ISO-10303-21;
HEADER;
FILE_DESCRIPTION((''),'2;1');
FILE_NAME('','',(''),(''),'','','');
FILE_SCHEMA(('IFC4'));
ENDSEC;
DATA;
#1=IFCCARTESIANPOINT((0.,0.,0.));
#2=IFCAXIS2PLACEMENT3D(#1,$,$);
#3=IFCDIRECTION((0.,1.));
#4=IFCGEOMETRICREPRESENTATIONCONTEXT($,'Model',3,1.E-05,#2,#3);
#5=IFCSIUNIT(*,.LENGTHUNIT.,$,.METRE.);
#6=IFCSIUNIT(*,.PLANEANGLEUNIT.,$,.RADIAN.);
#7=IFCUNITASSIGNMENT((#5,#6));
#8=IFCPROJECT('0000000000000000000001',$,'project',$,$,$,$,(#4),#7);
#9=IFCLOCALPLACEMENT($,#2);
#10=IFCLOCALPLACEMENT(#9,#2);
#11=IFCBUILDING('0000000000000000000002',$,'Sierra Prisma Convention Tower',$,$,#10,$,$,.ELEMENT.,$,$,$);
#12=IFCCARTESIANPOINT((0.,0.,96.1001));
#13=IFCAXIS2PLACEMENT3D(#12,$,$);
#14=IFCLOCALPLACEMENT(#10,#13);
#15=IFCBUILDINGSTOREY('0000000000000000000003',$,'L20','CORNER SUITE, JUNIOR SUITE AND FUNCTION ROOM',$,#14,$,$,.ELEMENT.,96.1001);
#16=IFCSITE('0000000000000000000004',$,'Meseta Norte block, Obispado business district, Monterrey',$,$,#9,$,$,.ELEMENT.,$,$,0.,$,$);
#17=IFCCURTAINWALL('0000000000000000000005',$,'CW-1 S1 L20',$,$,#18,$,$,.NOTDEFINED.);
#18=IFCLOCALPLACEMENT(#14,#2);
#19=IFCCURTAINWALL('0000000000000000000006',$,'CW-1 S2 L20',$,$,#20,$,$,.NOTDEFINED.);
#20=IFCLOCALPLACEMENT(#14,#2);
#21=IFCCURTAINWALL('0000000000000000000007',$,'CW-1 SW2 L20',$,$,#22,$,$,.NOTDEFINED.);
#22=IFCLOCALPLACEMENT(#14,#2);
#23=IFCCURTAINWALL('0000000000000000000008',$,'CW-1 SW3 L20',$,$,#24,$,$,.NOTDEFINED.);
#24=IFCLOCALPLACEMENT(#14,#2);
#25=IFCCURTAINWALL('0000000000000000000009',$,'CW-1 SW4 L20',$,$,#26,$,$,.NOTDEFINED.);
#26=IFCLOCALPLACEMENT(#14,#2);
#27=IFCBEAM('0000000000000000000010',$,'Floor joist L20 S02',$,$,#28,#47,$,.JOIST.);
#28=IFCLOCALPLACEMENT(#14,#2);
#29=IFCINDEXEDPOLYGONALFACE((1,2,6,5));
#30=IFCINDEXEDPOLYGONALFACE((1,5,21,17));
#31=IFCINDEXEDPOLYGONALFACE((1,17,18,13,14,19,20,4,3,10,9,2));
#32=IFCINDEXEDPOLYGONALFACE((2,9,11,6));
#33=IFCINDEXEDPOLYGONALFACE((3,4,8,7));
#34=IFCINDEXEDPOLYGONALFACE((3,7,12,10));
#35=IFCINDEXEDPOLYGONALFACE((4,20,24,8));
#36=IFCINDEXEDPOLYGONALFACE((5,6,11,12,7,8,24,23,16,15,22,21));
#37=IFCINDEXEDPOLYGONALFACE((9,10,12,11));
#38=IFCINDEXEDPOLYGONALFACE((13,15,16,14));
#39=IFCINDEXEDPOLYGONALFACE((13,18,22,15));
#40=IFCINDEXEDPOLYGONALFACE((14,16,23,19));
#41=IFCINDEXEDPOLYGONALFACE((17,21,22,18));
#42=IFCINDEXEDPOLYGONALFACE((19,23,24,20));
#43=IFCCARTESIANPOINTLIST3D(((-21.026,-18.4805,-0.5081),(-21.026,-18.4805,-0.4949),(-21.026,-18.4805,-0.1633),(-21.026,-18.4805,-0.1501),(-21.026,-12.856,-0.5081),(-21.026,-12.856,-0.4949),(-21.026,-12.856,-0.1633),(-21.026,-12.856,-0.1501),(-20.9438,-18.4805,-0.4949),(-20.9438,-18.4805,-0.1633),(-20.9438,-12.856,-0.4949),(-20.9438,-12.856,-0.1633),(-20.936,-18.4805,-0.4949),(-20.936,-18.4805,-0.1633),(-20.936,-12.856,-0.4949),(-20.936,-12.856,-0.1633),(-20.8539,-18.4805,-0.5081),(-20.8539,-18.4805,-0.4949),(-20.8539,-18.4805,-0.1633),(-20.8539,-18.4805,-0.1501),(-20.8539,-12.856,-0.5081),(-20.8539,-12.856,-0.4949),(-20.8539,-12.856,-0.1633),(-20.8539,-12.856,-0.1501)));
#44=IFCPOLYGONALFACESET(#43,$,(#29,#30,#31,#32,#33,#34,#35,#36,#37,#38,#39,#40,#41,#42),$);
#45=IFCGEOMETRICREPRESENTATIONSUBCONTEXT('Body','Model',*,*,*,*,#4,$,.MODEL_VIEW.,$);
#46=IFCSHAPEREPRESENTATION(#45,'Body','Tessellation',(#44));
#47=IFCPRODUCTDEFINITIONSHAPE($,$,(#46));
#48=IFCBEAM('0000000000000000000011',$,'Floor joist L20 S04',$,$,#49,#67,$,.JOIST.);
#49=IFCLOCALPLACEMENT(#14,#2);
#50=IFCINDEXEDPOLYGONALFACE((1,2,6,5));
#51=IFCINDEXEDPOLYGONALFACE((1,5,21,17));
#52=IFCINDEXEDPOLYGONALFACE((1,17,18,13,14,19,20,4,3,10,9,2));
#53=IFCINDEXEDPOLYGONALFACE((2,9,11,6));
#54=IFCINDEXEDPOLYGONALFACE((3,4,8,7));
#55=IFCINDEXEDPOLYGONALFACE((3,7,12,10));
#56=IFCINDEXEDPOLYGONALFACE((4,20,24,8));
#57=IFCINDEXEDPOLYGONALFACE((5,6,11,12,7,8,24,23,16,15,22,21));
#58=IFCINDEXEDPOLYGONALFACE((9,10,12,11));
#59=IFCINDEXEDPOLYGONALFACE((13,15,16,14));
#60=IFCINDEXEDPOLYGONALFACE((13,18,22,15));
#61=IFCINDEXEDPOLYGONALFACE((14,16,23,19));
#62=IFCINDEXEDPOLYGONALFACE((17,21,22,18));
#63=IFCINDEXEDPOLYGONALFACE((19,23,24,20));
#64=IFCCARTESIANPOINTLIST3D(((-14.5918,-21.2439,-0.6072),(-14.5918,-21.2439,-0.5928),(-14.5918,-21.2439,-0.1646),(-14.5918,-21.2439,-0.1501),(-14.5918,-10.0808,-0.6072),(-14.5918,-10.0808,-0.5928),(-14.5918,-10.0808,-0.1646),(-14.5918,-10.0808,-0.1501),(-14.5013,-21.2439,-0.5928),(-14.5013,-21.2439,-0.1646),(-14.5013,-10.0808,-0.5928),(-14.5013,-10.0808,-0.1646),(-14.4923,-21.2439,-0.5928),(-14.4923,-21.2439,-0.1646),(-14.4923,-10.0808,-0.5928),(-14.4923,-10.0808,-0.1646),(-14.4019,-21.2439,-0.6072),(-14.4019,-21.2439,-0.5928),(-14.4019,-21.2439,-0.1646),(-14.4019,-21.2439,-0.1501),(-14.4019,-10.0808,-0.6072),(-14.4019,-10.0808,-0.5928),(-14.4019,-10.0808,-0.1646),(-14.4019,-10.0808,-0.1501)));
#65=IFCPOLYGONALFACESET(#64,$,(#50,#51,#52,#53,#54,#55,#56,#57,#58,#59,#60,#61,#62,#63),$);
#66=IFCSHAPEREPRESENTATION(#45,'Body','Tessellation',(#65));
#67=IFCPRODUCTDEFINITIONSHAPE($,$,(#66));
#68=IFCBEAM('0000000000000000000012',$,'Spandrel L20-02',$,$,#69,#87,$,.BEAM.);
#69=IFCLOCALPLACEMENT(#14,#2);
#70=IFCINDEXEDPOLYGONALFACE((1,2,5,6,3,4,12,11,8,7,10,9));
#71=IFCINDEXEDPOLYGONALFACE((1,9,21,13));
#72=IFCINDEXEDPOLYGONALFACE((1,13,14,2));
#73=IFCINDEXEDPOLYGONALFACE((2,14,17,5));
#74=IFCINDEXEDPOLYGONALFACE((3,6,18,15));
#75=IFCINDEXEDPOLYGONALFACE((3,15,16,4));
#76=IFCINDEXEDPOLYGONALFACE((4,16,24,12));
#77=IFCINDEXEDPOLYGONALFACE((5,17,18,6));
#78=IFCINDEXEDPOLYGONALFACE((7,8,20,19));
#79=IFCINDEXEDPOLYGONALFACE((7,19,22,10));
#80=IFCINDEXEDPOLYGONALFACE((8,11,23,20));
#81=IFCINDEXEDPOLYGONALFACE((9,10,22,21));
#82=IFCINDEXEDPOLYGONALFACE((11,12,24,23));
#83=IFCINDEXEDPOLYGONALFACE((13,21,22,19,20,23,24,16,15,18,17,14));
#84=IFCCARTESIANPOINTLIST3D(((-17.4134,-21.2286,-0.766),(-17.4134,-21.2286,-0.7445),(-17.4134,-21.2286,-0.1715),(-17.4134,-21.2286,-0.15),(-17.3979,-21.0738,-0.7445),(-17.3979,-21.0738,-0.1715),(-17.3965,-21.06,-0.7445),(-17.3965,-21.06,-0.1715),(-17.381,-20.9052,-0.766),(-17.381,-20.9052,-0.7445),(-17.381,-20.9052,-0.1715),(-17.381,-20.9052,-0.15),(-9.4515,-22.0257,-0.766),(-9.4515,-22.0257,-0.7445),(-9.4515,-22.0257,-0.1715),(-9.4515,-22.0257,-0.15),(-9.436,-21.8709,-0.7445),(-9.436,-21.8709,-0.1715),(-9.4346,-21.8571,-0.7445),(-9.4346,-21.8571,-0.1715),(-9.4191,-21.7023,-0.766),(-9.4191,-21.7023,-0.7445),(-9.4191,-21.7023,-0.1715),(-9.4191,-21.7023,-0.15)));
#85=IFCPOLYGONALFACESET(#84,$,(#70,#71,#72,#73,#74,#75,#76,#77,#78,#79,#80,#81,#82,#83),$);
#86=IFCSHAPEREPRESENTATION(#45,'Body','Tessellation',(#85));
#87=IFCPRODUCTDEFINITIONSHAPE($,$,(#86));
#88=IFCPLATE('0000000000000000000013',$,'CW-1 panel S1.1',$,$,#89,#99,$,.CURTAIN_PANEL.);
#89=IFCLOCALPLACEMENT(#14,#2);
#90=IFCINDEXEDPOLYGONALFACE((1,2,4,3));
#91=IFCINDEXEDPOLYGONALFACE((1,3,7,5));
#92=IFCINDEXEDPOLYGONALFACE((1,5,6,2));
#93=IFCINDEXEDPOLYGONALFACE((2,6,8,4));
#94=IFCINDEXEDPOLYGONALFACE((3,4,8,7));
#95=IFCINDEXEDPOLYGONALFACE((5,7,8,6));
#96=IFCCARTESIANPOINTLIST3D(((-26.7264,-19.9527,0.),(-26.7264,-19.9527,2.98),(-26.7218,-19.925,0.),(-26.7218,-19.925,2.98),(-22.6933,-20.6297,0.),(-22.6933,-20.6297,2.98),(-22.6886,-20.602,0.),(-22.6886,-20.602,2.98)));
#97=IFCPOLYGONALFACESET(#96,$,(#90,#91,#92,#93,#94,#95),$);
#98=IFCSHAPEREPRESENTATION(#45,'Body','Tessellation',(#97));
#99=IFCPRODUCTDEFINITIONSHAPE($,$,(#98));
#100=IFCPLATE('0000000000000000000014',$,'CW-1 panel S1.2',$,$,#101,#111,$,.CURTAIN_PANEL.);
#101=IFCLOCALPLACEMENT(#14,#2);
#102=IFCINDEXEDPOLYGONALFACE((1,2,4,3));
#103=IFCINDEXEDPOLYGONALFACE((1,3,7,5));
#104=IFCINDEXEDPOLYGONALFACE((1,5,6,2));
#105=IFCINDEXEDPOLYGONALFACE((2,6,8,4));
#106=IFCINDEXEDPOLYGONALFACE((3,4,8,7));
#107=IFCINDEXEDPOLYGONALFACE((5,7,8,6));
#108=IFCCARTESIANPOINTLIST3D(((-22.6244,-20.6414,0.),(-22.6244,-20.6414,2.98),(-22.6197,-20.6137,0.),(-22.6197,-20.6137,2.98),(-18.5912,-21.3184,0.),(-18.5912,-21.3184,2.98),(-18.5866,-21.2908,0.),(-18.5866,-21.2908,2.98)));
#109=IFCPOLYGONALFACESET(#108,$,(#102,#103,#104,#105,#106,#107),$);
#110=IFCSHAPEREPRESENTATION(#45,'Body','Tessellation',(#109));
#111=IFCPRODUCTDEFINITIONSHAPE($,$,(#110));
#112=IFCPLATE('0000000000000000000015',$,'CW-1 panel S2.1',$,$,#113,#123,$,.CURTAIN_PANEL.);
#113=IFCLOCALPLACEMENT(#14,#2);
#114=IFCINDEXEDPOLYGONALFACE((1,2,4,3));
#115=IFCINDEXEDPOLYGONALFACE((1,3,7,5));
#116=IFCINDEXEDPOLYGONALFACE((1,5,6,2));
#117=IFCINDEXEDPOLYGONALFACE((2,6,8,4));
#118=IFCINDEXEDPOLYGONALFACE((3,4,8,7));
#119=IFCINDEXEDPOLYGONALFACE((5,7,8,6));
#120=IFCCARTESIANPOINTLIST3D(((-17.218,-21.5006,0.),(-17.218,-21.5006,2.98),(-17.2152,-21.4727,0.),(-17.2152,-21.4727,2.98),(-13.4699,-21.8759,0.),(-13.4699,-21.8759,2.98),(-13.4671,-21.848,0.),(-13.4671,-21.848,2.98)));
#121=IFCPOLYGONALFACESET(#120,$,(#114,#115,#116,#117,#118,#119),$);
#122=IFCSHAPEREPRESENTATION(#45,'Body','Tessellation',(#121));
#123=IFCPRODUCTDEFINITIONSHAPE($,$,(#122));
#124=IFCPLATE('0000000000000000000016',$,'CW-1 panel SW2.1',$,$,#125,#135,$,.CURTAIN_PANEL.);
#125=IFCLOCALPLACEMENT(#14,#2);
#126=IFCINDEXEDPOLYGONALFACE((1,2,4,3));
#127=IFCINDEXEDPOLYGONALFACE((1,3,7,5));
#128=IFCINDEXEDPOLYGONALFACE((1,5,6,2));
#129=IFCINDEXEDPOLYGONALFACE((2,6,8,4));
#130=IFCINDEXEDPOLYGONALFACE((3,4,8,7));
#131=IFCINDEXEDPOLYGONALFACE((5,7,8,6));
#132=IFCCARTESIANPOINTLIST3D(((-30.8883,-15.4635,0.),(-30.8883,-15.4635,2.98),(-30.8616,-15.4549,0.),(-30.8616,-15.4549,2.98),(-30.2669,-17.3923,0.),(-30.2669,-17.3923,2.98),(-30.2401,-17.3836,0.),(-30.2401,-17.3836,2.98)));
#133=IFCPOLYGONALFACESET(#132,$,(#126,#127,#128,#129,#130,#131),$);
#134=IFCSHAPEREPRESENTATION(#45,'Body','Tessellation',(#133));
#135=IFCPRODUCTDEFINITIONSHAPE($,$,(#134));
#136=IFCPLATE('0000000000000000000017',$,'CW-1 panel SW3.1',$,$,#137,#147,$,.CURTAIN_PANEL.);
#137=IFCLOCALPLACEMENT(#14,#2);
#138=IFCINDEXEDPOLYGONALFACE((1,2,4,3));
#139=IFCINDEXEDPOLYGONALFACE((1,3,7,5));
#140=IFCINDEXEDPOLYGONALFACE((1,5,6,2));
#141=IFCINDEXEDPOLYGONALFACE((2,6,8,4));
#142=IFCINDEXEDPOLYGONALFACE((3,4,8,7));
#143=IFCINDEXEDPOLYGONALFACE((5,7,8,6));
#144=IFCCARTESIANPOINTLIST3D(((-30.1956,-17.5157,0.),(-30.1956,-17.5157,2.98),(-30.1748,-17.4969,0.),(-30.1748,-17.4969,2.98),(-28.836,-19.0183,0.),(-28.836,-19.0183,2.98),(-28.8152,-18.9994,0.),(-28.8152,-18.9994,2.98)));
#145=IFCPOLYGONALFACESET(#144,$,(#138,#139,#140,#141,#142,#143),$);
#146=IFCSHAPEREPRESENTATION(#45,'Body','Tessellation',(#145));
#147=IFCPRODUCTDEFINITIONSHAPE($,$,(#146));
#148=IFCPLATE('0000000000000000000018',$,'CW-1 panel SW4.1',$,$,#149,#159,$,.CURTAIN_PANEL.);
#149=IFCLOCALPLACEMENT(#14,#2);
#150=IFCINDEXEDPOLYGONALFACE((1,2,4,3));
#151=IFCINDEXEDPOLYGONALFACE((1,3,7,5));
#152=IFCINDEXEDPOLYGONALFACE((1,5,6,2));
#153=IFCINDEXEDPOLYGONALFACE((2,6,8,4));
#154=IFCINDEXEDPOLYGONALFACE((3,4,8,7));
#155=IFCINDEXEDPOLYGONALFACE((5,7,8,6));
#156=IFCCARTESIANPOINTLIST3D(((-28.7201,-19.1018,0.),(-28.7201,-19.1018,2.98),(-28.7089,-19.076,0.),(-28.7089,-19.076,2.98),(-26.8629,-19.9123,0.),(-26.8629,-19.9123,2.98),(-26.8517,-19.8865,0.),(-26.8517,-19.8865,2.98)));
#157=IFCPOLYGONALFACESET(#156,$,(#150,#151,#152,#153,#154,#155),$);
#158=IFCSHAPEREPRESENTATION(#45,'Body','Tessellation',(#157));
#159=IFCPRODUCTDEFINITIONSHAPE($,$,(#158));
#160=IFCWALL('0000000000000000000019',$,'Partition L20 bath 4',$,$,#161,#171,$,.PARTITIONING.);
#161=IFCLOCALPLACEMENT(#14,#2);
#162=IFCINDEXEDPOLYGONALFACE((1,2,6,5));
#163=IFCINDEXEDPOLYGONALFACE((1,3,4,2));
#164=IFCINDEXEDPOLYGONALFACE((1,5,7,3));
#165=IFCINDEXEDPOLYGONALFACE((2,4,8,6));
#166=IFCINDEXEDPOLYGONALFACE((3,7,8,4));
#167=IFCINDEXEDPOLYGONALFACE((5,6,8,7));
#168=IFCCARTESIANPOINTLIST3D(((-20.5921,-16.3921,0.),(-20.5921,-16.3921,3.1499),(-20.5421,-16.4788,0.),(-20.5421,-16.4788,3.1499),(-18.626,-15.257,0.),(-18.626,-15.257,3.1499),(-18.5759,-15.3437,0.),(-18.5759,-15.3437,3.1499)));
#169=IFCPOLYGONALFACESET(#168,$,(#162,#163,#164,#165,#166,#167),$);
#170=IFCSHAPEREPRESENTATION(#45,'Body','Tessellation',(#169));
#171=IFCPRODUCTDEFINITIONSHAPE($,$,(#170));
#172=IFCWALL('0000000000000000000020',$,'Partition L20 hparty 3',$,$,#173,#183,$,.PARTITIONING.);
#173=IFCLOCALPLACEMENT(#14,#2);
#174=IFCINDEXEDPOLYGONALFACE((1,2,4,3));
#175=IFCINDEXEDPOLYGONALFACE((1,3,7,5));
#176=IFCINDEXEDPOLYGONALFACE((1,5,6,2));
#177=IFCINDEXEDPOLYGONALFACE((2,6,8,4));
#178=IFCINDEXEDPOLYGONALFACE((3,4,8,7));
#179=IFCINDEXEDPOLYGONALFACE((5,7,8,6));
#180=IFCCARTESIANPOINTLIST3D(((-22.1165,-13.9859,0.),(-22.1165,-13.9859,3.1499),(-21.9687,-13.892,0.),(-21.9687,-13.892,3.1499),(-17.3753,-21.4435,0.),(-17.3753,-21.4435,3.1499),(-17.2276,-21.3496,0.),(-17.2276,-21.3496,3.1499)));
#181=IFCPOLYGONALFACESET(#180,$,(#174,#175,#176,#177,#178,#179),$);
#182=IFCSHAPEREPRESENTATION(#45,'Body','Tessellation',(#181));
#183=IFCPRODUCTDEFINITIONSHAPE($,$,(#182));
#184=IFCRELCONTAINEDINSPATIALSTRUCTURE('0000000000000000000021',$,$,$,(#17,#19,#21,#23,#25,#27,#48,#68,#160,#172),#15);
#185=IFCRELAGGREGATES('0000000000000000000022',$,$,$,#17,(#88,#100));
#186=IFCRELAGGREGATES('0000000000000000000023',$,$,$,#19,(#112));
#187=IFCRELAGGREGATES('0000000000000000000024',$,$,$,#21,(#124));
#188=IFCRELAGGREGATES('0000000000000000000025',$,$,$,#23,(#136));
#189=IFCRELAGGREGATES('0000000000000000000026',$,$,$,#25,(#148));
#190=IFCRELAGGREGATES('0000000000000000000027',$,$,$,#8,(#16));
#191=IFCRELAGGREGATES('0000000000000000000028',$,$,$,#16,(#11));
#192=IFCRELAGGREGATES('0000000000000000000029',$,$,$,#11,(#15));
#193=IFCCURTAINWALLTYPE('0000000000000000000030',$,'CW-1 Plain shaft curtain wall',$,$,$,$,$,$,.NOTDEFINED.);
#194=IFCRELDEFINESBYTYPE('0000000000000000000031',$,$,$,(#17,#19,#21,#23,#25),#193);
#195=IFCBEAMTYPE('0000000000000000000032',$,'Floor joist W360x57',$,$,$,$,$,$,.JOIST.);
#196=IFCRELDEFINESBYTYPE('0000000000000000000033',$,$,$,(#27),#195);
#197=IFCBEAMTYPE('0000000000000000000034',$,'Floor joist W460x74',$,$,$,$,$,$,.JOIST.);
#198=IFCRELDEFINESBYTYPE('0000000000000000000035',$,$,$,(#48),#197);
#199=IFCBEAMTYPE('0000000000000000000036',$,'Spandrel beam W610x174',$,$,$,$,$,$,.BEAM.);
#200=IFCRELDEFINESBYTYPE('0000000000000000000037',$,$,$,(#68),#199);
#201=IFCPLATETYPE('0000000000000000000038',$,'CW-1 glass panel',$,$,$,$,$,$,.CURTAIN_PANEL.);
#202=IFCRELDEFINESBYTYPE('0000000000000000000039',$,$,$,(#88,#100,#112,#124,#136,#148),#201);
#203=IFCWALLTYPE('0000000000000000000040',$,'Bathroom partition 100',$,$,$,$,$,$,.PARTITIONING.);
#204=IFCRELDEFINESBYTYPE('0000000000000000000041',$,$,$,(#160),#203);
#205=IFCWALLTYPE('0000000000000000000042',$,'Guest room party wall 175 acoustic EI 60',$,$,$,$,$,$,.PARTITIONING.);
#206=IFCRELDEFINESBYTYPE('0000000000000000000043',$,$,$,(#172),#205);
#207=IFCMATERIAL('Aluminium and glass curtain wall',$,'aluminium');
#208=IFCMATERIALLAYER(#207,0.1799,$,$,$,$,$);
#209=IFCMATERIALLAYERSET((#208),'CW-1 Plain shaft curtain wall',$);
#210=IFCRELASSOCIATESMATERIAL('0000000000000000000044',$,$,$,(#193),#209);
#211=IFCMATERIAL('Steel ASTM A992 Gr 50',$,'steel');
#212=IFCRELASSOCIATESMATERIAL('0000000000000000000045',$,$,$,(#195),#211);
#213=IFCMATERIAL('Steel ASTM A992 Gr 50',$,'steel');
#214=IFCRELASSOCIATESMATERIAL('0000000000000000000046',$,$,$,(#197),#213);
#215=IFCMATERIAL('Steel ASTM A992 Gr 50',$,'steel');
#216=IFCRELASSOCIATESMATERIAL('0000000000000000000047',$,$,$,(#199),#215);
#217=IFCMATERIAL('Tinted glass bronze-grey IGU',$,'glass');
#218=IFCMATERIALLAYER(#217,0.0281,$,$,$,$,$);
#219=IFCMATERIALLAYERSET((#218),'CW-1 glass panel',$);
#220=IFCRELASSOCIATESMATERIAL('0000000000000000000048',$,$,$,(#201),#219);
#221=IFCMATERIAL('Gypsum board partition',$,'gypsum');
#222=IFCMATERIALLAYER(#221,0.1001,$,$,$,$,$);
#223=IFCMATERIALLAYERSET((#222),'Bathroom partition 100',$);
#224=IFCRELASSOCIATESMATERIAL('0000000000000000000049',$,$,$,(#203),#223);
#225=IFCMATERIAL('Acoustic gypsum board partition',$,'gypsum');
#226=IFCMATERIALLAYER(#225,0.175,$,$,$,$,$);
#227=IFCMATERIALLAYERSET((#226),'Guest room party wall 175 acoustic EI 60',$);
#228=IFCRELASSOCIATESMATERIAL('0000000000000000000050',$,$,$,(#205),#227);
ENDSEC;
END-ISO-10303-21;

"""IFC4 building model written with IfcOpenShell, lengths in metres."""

from ifc_helpers import new_model, si_unit, direction, frame, frame_2d, origin, origin_2d, place, context, subcontext, project, spatial, rectangle, i_section, extrude, material, layer, layer_set, material_profile, profile_set, type_object, element, aggregate, save


model = new_model("IFC4")

# Units and contexts
model_context = context("Model", 3, precision=1e-05, world=origin(), true_north=direction((0.0, 1.0)))
body_context = subcontext(model_context, "Body", "Model", "MODEL_VIEW")
ifc_project = project(units=[si_unit("LENGTHUNIT", "METRE"), si_unit("PLANEANGLEUNIT", "RADIAN")], contexts=[model_context])

# Site, building, storey
site_placement = place(None, origin())
site = spatial("IfcSite", under=ifc_project, at=site_placement, Name="Meseta Norte block, Obispado business district, Monterrey", CompositionType="ELEMENT", RefElevation=0.0)
building_placement = place(site_placement, origin())
building = spatial("IfcBuilding", under=site, at=building_placement, Name="Sierra Prisma Convention Tower", CompositionType="ELEMENT")
storey_placement = place(building_placement, frame((0.0, 0.0, 96.1001)))
storey = spatial("IfcBuildingStorey", under=building, at=storey_placement, Name="L20", Description="CORNER SUITE, JUNIOR SUITE AND FUNCTION ROOM", CompositionType="ELEMENT", Elevation=96.1001)

# Curtain wall
ifc_material_1 = material(Name="Aluminium and glass curtain wall", Category="aluminium")
ifc_layer_1 = layer(ifc_material_1, 0.1799)
ifc_layer_set_1 = layer_set([ifc_layer_1], Name="CW-1 Plain shaft curtain wall")
curtain_wall_type = type_object("IfcCurtainWallType", Name="CW-1 Plain shaft curtain wall", PredefinedType="NOTDEFINED", material=ifc_layer_set_1)
curtain_wall_1_placement = place(storey_placement, origin())
curtain_wall_1 = element("IfcCurtainWall", 1, at=curtain_wall_1_placement, inside=storey, type_object=curtain_wall_type, Name="CW-1 S1 L20", PredefinedType="NOTDEFINED")

# Curtain walls
curtain_wall_2_placement = place(storey_placement, origin())
curtain_wall_2 = element("IfcCurtainWall", 2, at=curtain_wall_2_placement, inside=storey, type_object=curtain_wall_type, Name="CW-1 S2 L20", PredefinedType="NOTDEFINED")
curtain_wall_3_placement = place(storey_placement, origin())
curtain_wall_3 = element("IfcCurtainWall", 3, at=curtain_wall_3_placement, inside=storey, type_object=curtain_wall_type, Name="CW-1 SW2 L20", PredefinedType="NOTDEFINED")
curtain_wall_4_placement = place(storey_placement, origin())
curtain_wall_4 = element("IfcCurtainWall", 4, at=curtain_wall_4_placement, inside=storey, type_object=curtain_wall_type, Name="CW-1 SW3 L20", PredefinedType="NOTDEFINED")
curtain_wall_5_placement = place(storey_placement, origin())
curtain_wall_5 = element("IfcCurtainWall", 5, at=curtain_wall_5_placement, inside=storey, type_object=curtain_wall_type, Name="CW-1 SW4 L20", PredefinedType="NOTDEFINED")

# Beams
ifc_material_2 = material(Name="Steel ASTM A992 Gr 50", Category="steel")
ifc_material_profile_1 = material_profile(ifc_material_2, i_section(OverallWidth=0.1721, OverallDepth=0.3579, WebThickness=0.0078, FlangeThickness=0.0132, at=origin_2d()), Name="W360x57")
ifc_profile_set_1 = profile_set([ifc_material_profile_1], Name="Steel ASTM A992 Gr 50")
beam_type_1 = type_object("IfcBeamType", Name="Floor joist W360x57", PredefinedType="JOIST", material=ifc_profile_set_1)
beam_1_placement = place(storey_placement, frame((-20.9399, -18.4805, -0.3291), z_axis=(0.0, 1.0, 0.0), x_axis=(-1.0, 0.0, 0.0)))
element("IfcBeam", 6, at=beam_1_placement, inside=storey, type_object=beam_type_1, Name="Floor joist L20 S02", PredefinedType="JOIST", context=body_context, shape_type="SweptSolid", body=[
    extrude(i_section(OverallWidth=0.1721, OverallDepth=0.3579, WebThickness=0.0078, FlangeThickness=0.0132, at=origin_2d()), origin(), (0.0, 0.0, 1.0), 5.6245),
])
ifc_material_3 = material(Name="Steel ASTM A992 Gr 50", Category="steel")
ifc_material_profile_2 = material_profile(ifc_material_3, i_section(OverallWidth=0.1899, OverallDepth=0.457, WebThickness=0.009, FlangeThickness=0.0144, at=origin_2d()), Name="W460x74")
ifc_profile_set_2 = profile_set([ifc_material_profile_2], Name="Steel ASTM A992 Gr 50")
beam_type_2 = type_object("IfcBeamType", Name="Floor joist W460x74", PredefinedType="JOIST", material=ifc_profile_set_2)
beam_2_placement = place(storey_placement, frame((-14.4968, -21.2439, -0.3787), z_axis=(0.0, 1.0, 0.0), x_axis=(-1.0, 0.0, 0.0)))
element("IfcBeam", 7, at=beam_2_placement, inside=storey, type_object=beam_type_2, Name="Floor joist L20 S04", PredefinedType="JOIST", context=body_context, shape_type="SweptSolid", body=[
    extrude(i_section(OverallWidth=0.1899, OverallDepth=0.457, WebThickness=0.009, FlangeThickness=0.0144, at=origin_2d()), origin(), (0.0, 0.0, 1.0), 11.1631),
])
ifc_material_4 = material(Name="Steel ASTM A992 Gr 50", Category="steel")
ifc_material_profile_3 = material_profile(ifc_material_4, i_section(OverallWidth=0.325, OverallDepth=0.616, WebThickness=0.0139, FlangeThickness=0.0215, at=origin_2d()), Name="W610x174")
ifc_profile_set_3 = profile_set([ifc_material_profile_3], Name="Steel ASTM A992 Gr 50")
beam_type_3 = type_object("IfcBeamType", Name="Spandrel beam W610x174", PredefinedType="BEAM", material=ifc_profile_set_3)
beam_3_placement = place(storey_placement, frame((-17.3972, -21.0669, -0.458), z_axis=(0.995026, -0.099619, 0.0), x_axis=(0.099619, 0.995026, 0.0)))
element("IfcBeam", 8, at=beam_3_placement, inside=storey, type_object=beam_type_3, Name="Spandrel L20-02", PredefinedType="BEAM", context=body_context, shape_type="SweptSolid", body=[
    extrude(i_section(OverallWidth=0.325, OverallDepth=0.616, WebThickness=0.0139, FlangeThickness=0.0215, at=origin_2d()), origin(), (0.0, 0.0, 1.0), 8.0017),
])

# Plates
ifc_material_5 = material(Name="Tinted glass bronze-grey IGU", Category="glass")
ifc_layer_2 = layer(ifc_material_5, 0.0281)
ifc_layer_set_2 = layer_set([ifc_layer_2], Name="CW-1 glass panel")
plate_type = type_object("IfcPlateType", Name="CW-1 glass panel", PredefinedType="CURTAIN_PANEL", material=ifc_layer_set_2)
plate_1_placement = place(storey_placement, frame((-24.7075, -20.2773, 0.0), z_axis=(0.0, 0.0, 1.0), x_axis=(0.9862, -0.165558, 0.0)))
plate_1 = element("IfcPlate", 9, at=plate_1_placement, type_object=plate_type, Name="CW-1 panel S1.1", PredefinedType="CURTAIN_PANEL", context=body_context, shape_type="SweptSolid", body=[
    extrude(rectangle(XDim=4.0896, YDim=0.0281, at=origin_2d()), origin(), (0.0, 0.0, 1.0), 2.98),
])
plate_2_placement = place(storey_placement, frame((-20.6055, -20.9661, 0.0), z_axis=(0.0, 0.0, 1.0), x_axis=(0.9862, -0.165558, 0.0)))
plate_2 = element("IfcPlate", 10, at=plate_2_placement, type_object=plate_type, Name="CW-1 panel S1.2", PredefinedType="CURTAIN_PANEL", context=body_context, shape_type="SweptSolid", body=[
    extrude(rectangle(XDim=4.0896, YDim=0.0281, at=origin_2d()), origin(), (0.0, 0.0, 1.0), 2.98),
])
aggregate(curtain_wall_1, [plate_1, plate_2])
plate_3_placement = place(storey_placement, frame((-15.3425, -21.6743, 0.0), z_axis=(0.0, 0.0, 1.0), x_axis=(0.995025, -0.099629, 0.0)))
plate_3 = element("IfcPlate", 11, at=plate_3_placement, type_object=plate_type, Name="CW-1 panel S2.1", PredefinedType="CURTAIN_PANEL", context=body_context, shape_type="SweptSolid", body=[
    extrude(rectangle(XDim=3.7668, YDim=0.0281, at=origin_2d()), origin(), (0.0, 0.0, 1.0), 2.98),
])
aggregate(curtain_wall_2, [plate_3])
plate_4_placement = place(storey_placement, frame((-30.5642, -16.4236, 0.0), z_axis=(0.0, 0.0, 1.0), x_axis=(0.306674, -0.951815, 0.0)))
plate_4 = element("IfcPlate", 12, at=plate_4_placement, type_object=plate_type, Name="CW-1 panel SW2.1", PredefinedType="CURTAIN_PANEL", context=body_context, shape_type="SweptSolid", body=[
    extrude(rectangle(XDim=2.0264, YDim=0.0281, at=origin_2d()), origin(), (0.0, 0.0, 1.0), 2.98),
])
aggregate(curtain_wall_3, [plate_4])
plate_5_placement = place(storey_placement, frame((-29.5054, -18.2576, 0.0), z_axis=(0.0, 0.0, 1.0), x_axis=(0.670959, -0.741495, 0.0)))
plate_5 = element("IfcPlate", 13, at=plate_5_placement, type_object=plate_type, Name="CW-1 panel SW3.1", PredefinedType="CURTAIN_PANEL", context=body_context, shape_type="SweptSolid", body=[
    extrude(rectangle(XDim=2.0264, YDim=0.0281, at=origin_2d()), origin(), (0.0, 0.0, 1.0), 2.98),
])
aggregate(curtain_wall_4, [plate_5])
plate_6_placement = place(storey_placement, frame((-27.7859, -19.4941, 0.0), z_axis=(0.0, 0.0, 1.0), x_axis=(0.916526, -0.399976, 0.0)))
plate_6 = element("IfcPlate", 14, at=plate_6_placement, type_object=plate_type, Name="CW-1 panel SW4.1", PredefinedType="CURTAIN_PANEL", context=body_context, shape_type="SweptSolid", body=[
    extrude(rectangle(XDim=2.0264, YDim=0.0281, at=origin_2d()), origin(), (0.0, 0.0, 1.0), 2.98),
])
aggregate(curtain_wall_5, [plate_6])

# Walls
ifc_material_6 = material(Name="Gypsum board partition", Category="gypsum")
ifc_layer_3 = layer(ifc_material_6, 0.1001)
ifc_layer_set_3 = layer_set([ifc_layer_3], Name="Bathroom partition 100")
wall_type_1 = type_object("IfcWallType", Name="Bathroom partition 100", PredefinedType="PARTITIONING", material=ifc_layer_set_3)
wall_1_placement = place(storey_placement, frame((-18.6008, -15.3003, 0.0), z_axis=(0.0, 0.0, 1.0), x_axis=(-0.866044, -0.499968, 0.0)))
element("IfcWall", 15, at=wall_1_placement, inside=storey, type_object=wall_type_1, Name="Partition L20 bath 4", PredefinedType="PARTITIONING", context=body_context, shape_type="SweptSolid", body=[
    extrude(rectangle(XDim=2.2703, YDim=0.1001, at=frame_2d((1.1353, 0.0))), origin(), (0.0, 0.0, 1.0), 3.1499),
])
ifc_material_7 = material(Name="Acoustic gypsum board partition", Category="gypsum")
ifc_layer_4 = layer(ifc_material_7, 0.175)
ifc_layer_set_4 = layer_set([ifc_layer_4], Name="Guest room party wall 175 acoustic EI 60")
wall_type_2 = type_object("IfcWallType", Name="Guest room party wall 175 acoustic EI 60", PredefinedType="PARTITIONING", material=ifc_layer_set_4)
wall_2_placement = place(storey_placement, frame((-17.3015, -21.3965, 0.0), z_axis=(0.0, 0.0, 1.0), x_axis=(-0.536502, 0.843899, 0.0)))
element("IfcWall", 16, at=wall_2_placement, inside=storey, type_object=wall_type_2, Name="Partition L20 hparty 3", PredefinedType="PARTITIONING", context=body_context, shape_type="SweptSolid", body=[
    extrude(rectangle(XDim=8.8372, YDim=0.175, at=frame_2d((4.4185, 0.0))), origin(), (0.0, 0.0, 1.0), 3.1499),
])

save(model, "model.ifc")
